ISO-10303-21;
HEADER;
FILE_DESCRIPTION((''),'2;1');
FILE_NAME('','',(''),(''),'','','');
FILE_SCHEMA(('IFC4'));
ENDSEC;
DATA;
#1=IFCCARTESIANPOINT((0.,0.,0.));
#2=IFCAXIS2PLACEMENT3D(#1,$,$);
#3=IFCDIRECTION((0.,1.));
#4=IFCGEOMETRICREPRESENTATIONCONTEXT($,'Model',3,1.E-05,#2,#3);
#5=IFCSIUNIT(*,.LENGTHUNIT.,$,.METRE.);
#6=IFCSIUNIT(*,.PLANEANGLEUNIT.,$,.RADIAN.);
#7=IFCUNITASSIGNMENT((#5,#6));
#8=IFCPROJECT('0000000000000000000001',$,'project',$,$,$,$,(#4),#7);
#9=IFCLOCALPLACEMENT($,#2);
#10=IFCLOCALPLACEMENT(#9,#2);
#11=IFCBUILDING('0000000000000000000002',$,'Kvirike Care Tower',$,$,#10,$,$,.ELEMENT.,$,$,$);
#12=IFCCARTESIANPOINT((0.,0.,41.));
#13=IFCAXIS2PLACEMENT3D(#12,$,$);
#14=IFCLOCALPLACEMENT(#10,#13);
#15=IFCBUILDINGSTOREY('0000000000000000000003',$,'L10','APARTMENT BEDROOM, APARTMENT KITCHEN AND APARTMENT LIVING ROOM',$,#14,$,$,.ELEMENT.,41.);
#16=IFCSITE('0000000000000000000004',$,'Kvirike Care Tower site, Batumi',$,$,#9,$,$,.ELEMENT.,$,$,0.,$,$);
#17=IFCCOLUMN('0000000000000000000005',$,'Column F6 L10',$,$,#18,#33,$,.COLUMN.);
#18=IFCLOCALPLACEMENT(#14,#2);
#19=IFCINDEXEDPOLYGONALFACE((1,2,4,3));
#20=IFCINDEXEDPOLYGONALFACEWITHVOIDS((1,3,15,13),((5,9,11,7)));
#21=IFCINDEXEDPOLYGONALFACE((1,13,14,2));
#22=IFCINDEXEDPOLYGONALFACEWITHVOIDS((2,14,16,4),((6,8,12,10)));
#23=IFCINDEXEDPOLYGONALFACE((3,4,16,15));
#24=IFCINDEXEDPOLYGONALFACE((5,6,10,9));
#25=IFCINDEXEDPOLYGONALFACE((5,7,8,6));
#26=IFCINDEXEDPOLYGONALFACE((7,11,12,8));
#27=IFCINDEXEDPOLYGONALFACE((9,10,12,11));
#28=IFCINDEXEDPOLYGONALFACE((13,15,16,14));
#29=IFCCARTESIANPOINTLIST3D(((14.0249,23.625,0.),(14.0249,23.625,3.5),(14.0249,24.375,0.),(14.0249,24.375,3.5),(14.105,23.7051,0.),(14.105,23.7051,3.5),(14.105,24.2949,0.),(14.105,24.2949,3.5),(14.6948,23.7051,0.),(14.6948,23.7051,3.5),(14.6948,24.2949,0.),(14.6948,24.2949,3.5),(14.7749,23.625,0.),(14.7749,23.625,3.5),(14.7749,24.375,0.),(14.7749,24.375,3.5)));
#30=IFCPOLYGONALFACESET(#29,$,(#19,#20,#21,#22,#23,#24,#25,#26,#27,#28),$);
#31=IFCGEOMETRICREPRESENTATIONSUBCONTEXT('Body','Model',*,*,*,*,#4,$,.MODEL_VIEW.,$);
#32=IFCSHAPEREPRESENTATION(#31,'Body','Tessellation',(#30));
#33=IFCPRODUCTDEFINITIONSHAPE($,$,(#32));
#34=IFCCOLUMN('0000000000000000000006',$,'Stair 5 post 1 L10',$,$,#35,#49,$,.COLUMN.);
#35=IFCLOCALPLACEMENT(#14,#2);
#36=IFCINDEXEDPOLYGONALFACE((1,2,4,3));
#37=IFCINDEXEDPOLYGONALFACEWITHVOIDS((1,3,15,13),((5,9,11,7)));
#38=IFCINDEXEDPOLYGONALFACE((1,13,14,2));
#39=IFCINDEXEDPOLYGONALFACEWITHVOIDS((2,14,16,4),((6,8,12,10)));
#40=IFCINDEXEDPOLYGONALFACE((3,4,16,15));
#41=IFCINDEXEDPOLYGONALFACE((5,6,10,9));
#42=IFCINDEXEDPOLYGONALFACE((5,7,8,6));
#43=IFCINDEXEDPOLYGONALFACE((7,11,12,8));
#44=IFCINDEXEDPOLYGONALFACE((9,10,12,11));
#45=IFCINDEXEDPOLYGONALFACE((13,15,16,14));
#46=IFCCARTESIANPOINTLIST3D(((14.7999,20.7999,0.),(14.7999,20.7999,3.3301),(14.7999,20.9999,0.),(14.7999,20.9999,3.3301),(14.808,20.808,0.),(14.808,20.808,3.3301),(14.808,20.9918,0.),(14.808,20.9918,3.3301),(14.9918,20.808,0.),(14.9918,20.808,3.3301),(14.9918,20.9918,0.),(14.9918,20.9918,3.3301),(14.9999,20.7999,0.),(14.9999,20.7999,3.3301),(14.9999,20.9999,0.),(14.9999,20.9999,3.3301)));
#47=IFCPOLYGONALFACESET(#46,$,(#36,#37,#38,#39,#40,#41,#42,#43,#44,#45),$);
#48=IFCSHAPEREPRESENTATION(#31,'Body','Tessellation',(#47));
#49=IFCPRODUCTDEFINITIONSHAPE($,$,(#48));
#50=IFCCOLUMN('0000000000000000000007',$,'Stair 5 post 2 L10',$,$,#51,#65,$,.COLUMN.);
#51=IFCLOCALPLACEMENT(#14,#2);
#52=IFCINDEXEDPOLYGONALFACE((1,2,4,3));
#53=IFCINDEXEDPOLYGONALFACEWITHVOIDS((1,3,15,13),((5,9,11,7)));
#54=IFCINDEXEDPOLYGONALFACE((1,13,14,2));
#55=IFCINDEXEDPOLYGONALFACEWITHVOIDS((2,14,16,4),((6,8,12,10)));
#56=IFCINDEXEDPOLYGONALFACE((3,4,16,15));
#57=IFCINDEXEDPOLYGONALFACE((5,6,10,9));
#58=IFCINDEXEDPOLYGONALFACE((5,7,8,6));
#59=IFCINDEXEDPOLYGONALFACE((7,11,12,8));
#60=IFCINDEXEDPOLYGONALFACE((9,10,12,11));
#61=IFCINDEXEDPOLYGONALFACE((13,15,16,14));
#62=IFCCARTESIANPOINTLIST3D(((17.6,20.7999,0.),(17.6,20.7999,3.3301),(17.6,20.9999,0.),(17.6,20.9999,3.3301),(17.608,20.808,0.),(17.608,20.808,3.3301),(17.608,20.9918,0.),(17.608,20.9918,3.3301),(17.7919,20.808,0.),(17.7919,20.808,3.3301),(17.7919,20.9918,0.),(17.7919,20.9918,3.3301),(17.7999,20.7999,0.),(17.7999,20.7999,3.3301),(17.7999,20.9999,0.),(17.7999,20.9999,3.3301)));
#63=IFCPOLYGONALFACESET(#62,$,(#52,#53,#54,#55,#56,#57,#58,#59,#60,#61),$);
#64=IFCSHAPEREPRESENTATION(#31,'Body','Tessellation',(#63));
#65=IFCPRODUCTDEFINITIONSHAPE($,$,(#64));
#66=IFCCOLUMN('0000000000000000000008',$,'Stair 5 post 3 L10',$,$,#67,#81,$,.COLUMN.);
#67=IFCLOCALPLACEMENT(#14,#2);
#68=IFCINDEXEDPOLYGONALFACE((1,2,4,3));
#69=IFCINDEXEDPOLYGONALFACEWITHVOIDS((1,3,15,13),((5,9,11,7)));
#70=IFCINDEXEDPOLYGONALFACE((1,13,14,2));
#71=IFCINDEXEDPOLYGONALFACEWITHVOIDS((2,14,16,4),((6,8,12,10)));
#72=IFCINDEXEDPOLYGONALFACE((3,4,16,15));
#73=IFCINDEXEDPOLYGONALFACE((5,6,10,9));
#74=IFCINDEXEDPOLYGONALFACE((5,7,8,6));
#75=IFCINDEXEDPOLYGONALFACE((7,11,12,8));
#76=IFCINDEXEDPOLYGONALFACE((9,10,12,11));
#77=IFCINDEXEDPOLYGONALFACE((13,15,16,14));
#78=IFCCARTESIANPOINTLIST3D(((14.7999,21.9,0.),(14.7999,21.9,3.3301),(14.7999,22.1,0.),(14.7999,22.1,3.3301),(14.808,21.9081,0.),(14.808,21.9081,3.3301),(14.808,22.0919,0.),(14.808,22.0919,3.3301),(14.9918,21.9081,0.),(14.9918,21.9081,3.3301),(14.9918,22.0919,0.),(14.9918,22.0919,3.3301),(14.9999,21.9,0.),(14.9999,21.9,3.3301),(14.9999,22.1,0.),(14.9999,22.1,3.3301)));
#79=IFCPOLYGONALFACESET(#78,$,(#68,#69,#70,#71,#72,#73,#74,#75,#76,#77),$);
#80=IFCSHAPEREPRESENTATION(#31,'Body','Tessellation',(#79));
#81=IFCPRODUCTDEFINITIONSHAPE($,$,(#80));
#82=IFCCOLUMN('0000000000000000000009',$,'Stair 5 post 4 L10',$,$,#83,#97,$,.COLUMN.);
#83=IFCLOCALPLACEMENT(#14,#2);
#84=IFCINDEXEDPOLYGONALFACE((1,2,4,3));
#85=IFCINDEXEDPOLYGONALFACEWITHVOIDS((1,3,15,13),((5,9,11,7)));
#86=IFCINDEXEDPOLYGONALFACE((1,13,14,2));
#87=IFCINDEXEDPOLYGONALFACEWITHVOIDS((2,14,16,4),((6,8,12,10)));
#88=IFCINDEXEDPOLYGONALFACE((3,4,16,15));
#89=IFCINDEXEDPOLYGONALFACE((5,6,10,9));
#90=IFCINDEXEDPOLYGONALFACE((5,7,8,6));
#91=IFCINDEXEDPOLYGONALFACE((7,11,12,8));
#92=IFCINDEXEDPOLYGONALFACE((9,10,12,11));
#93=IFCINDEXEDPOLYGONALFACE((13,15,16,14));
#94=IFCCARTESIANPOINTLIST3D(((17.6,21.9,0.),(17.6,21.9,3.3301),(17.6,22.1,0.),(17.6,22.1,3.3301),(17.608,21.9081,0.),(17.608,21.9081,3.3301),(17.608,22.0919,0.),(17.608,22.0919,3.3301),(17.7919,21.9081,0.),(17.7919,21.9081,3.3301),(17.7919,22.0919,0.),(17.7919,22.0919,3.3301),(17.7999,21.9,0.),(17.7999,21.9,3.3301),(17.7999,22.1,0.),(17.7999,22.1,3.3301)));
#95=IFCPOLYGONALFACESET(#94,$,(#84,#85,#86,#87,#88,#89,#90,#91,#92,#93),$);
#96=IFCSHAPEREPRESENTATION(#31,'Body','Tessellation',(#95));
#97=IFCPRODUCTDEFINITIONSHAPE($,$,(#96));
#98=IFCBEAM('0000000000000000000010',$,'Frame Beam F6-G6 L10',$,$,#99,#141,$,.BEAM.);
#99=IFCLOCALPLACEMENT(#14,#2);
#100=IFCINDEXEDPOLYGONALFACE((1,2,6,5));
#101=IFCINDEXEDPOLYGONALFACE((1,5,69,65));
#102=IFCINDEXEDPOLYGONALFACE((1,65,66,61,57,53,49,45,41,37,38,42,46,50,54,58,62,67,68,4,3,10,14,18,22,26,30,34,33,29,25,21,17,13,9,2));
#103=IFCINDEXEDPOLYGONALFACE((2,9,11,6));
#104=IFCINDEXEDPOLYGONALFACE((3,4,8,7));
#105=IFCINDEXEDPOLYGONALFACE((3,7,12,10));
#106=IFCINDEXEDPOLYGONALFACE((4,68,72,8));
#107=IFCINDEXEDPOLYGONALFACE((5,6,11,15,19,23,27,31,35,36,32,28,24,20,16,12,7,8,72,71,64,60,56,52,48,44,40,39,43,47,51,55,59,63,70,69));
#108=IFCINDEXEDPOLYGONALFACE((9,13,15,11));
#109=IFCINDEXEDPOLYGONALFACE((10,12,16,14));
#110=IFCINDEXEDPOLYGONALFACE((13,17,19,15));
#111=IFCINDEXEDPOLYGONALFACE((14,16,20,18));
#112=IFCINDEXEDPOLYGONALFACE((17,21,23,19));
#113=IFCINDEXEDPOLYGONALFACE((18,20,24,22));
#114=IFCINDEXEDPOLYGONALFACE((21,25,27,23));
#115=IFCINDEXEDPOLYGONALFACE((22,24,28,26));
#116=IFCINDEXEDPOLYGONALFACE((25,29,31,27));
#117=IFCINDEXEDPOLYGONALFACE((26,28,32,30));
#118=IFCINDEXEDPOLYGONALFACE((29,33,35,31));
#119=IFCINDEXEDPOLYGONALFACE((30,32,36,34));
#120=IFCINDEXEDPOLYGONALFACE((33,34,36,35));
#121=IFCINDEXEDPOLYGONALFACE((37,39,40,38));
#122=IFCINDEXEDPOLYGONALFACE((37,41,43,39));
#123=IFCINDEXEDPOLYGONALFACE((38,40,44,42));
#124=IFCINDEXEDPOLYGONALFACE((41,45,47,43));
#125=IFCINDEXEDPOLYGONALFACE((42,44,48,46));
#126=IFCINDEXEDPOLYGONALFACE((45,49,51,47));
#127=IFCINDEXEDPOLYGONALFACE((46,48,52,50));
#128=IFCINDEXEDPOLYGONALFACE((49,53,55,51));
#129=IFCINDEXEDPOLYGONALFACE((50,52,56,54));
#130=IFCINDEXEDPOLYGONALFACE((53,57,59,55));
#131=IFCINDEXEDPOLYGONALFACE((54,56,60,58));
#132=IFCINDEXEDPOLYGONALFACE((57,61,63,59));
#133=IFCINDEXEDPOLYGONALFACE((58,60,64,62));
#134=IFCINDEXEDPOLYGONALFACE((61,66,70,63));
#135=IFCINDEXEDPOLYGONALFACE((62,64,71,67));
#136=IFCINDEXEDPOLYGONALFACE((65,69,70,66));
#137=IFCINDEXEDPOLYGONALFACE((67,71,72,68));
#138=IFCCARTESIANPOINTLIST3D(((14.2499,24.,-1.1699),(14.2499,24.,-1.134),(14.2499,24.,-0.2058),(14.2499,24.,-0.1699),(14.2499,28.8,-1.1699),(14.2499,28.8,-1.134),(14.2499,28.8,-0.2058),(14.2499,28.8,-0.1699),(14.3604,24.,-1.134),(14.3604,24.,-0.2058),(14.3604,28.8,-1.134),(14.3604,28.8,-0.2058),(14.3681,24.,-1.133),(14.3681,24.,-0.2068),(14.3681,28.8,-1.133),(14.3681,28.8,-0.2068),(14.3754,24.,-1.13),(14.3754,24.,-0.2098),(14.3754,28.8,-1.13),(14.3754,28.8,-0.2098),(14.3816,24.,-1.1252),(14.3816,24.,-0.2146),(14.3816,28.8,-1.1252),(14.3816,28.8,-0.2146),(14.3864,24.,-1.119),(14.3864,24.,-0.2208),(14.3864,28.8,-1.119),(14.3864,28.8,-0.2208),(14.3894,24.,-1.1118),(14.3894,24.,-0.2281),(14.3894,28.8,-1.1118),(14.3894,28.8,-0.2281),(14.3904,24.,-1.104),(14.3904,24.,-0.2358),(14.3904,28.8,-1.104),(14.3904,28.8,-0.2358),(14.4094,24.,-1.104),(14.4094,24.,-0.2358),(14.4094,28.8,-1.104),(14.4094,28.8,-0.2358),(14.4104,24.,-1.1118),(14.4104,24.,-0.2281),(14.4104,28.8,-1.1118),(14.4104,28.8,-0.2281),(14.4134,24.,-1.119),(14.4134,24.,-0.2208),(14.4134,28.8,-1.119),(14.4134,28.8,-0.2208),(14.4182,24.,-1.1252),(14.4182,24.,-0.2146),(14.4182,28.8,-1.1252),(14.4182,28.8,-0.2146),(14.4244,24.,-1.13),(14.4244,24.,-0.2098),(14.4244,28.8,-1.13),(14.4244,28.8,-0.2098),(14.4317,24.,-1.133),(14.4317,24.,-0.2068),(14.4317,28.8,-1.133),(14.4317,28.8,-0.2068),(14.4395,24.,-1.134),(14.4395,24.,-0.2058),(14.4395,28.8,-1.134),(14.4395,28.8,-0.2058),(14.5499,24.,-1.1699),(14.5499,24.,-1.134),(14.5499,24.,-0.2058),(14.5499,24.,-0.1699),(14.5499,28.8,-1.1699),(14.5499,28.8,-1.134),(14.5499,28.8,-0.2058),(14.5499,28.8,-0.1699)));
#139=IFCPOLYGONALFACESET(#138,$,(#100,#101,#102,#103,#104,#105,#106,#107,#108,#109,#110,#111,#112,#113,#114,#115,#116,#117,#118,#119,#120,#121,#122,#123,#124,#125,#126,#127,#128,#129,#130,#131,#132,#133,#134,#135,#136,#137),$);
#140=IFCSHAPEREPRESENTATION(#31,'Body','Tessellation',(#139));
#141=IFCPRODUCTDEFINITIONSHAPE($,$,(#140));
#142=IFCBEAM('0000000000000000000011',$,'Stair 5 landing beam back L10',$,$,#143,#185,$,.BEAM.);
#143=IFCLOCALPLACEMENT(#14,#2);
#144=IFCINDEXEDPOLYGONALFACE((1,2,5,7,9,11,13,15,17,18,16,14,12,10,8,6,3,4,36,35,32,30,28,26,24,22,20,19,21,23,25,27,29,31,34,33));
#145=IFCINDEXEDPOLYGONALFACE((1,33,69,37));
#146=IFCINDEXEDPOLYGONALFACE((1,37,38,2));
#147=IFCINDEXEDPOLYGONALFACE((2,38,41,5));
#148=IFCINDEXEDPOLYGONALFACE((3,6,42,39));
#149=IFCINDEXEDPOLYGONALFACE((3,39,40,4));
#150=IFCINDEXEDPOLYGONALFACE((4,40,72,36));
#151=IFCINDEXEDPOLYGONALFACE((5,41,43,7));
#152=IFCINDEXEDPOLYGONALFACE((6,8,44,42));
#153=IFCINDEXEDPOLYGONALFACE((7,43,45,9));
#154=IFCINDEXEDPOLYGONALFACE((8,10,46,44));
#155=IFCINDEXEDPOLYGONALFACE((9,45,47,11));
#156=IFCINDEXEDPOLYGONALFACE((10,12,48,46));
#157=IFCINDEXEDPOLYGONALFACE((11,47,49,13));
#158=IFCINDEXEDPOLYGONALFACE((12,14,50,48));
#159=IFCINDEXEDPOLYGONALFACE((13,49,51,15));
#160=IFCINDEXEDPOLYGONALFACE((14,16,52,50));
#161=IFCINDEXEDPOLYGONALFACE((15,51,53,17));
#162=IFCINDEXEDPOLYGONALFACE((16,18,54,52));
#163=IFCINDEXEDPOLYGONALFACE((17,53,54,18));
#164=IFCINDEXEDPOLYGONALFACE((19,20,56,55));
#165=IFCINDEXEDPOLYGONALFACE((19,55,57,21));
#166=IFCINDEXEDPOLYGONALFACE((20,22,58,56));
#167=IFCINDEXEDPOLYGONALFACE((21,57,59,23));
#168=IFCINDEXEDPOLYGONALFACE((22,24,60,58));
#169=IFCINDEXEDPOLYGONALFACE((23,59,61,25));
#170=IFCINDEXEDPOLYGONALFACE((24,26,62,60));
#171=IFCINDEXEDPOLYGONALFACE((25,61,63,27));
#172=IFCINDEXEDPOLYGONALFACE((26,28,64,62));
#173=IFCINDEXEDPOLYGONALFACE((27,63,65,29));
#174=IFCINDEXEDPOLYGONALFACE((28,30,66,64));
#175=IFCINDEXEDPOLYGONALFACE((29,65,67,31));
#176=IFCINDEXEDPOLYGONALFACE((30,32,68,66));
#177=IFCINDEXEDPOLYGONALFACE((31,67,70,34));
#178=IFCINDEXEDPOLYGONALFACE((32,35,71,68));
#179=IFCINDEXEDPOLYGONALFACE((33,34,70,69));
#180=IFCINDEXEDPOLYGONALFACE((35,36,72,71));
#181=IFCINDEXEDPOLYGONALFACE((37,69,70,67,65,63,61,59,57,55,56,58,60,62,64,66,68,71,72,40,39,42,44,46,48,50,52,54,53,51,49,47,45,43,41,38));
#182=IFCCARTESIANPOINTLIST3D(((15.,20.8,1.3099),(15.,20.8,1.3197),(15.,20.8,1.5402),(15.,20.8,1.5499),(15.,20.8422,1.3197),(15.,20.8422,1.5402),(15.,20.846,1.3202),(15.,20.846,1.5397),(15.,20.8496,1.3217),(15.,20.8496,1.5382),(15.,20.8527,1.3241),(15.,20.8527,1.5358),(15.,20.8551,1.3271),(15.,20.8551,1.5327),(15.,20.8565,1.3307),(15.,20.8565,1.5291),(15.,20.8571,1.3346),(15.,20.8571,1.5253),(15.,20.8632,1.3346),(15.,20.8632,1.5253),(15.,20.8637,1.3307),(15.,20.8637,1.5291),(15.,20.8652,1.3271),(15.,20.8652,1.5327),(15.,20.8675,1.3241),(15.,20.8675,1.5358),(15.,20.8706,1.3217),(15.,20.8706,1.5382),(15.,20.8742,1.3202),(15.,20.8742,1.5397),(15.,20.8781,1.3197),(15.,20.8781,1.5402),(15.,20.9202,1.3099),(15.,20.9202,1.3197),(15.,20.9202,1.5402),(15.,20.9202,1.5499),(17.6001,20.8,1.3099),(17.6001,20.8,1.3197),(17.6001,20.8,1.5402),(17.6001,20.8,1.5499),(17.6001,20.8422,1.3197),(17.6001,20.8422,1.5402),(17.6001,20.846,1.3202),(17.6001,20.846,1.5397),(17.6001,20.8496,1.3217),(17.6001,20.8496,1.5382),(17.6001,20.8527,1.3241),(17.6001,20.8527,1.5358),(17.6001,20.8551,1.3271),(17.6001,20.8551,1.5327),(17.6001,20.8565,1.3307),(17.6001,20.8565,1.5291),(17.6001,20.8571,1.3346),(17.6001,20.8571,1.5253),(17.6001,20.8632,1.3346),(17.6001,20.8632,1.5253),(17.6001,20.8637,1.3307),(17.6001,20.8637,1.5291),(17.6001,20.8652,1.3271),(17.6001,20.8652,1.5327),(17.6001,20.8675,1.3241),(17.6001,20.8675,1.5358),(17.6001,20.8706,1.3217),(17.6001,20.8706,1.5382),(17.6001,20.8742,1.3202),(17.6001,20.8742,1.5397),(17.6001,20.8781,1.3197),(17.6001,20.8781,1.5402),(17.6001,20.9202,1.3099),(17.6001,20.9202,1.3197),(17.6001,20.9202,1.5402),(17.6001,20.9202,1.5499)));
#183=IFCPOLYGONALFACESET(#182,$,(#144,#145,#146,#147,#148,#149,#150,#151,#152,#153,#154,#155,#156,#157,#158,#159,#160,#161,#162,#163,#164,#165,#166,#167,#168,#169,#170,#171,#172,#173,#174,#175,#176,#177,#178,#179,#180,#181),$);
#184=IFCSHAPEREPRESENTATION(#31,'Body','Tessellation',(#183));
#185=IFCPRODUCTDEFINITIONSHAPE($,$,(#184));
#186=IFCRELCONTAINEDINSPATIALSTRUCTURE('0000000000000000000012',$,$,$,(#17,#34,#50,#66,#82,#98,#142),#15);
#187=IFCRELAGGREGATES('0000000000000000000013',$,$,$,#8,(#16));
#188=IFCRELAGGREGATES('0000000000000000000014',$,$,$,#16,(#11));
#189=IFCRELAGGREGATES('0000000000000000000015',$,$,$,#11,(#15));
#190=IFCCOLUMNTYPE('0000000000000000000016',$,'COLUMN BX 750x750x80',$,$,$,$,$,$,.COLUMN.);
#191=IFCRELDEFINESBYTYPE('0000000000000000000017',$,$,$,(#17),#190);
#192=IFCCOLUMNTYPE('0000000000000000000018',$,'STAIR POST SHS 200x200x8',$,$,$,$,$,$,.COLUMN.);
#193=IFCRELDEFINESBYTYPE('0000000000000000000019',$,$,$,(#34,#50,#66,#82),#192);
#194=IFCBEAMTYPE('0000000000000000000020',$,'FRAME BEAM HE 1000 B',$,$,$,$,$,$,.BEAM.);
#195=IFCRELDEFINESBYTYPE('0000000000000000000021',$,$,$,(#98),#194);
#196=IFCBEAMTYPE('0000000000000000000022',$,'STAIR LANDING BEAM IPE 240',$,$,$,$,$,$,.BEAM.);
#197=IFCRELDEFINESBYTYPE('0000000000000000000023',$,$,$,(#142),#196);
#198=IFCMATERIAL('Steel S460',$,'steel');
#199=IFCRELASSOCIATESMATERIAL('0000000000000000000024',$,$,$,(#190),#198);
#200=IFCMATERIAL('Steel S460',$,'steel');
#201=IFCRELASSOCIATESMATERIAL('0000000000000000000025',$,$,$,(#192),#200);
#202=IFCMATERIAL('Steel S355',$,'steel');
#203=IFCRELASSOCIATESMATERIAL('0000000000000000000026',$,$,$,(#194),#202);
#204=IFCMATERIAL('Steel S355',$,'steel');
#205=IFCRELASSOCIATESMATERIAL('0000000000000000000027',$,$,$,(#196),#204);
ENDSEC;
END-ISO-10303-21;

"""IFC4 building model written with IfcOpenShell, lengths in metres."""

from ifc_helpers import new_model, si_unit, direction, frame, origin, origin_2d, place, context, subcontext, project, spatial, hollow_rectangle, i_section, extrude, material, material_profile, profile_set, type_object, element, save


model = new_model("IFC4")

# Units and contexts
model_context = context("Model", 3, precision=1e-05, world=origin(), true_north=direction((0.0, 1.0)))
body_context = subcontext(model_context, "Body", "Model", "MODEL_VIEW")
ifc_project = project(units=[si_unit("LENGTHUNIT", "METRE"), si_unit("PLANEANGLEUNIT", "RADIAN")], contexts=[model_context])

# Site, building, storey
site_placement = place(None, origin())
site = spatial("IfcSite", under=ifc_project, at=site_placement, Name="Kvirike Care Tower site, Batumi", CompositionType="ELEMENT", RefElevation=0.0)
building_placement = place(site_placement, origin())
building = spatial("IfcBuilding", under=site, at=building_placement, Name="Kvirike Care Tower", CompositionType="ELEMENT")
storey_placement = place(building_placement, frame((0.0, 0.0, 41.0)))
storey = spatial("IfcBuildingStorey", under=building, at=storey_placement, Name="L10", Description="APARTMENT BEDROOM, APARTMENT KITCHEN AND APARTMENT LIVING ROOM", CompositionType="ELEMENT", Elevation=41.0)

# Columns
ifc_material_1 = material(Name="Steel S460", Category="steel")
ifc_material_profile_1 = material_profile(ifc_material_1, hollow_rectangle(XDim=0.75, YDim=0.75, WallThickness=0.0801, at=origin_2d()), Name="BX 750x750x80")
ifc_profile_set_1 = profile_set([ifc_material_profile_1], Name="Steel S460")
column_type_1 = type_object("IfcColumnType", Name="COLUMN BX 750x750x80", PredefinedType="COLUMN", material=ifc_profile_set_1)
column_placement = place(storey_placement, frame((14.3999, 24.0, 0.0), z_axis=(0.0, 0.0, 1.0), x_axis=(1.0, 0.0, 0.0)))
element("IfcColumn", 1, at=column_placement, inside=storey, type_object=column_type_1, Name="Column F6 L10", PredefinedType="COLUMN", context=body_context, shape_type="SweptSolid", body=[
    extrude(hollow_rectangle(XDim=0.75, YDim=0.75, WallThickness=0.0801, at=origin_2d()), origin(), (0.0, 0.0, 1.0), 3.5),
])
ifc_material_2 = material(Name="Steel S460", Category="steel")
ifc_material_profile_2 = material_profile(ifc_material_2, hollow_rectangle(XDim=0.2, YDim=0.2, WallThickness=0.0081, at=origin_2d()), Name="SHS 200x200x8")
ifc_profile_set_2 = profile_set([ifc_material_profile_2], Name="Steel S460")
column_type_2 = type_object("IfcColumnType", Name="STAIR POST SHS 200x200x8", PredefinedType="COLUMN", material=ifc_profile_set_2)
for number, where, z_axis, x_axis, name in (
    (2, (14.8999, 20.8999, 0.0), (0.0, 0.0, 1.0), (1.0, 0.0, 0.0), "Stair 5 post 1 L10"),
    (3, (17.7, 20.8999, 0.0), (0.0, 0.0, 1.0), (1.0, 0.0, 0.0), "Stair 5 post 2 L10"),
    (4, (14.8999, 22.0, 0.0), (0.0, 0.0, 1.0), (1.0, 0.0, 0.0), "Stair 5 post 3 L10"),
    (5, (17.7, 22.0, 0.0), (0.0, 0.0, 1.0), (1.0, 0.0, 0.0), "Stair 5 post 4 L10"),
):
    element("IfcColumn", number, at=place(storey_placement, frame(where, z_axis=z_axis, x_axis=x_axis)), inside=storey, type_object=column_type_2, Name=name, PredefinedType="COLUMN", context=body_context, shape_type="SweptSolid", body=[
        extrude(hollow_rectangle(XDim=0.2, YDim=0.2, WallThickness=0.0081, at=origin_2d()), origin(), (0.0, 0.0, 1.0), 3.3301),
    ])

# Beams
ifc_material_3 = material(Name="Steel S355", Category="steel")
ifc_material_profile_3 = material_profile(ifc_material_3, i_section(OverallWidth=0.3, OverallDepth=1.0, WebThickness=0.019, FlangeThickness=0.0359, FilletRadius=0.03, at=origin_2d()), Name="HE 1000 B")
ifc_profile_set_3 = profile_set([ifc_material_profile_3], Name="Steel S355")
beam_type_1 = type_object("IfcBeamType", Name="FRAME BEAM HE 1000 B", PredefinedType="BEAM", material=ifc_profile_set_3)
beam_placement = place(storey_placement, frame((14.3999, 24.0, -0.6699), z_axis=(0.0, 1.0, 0.0), x_axis=(-1.0, 0.0, 0.0)))
element("IfcBeam", 6, at=beam_placement, inside=storey, type_object=beam_type_1, Name="Frame Beam F6-G6 L10", PredefinedType="BEAM", context=body_context, shape_type="SweptSolid", body=[
    extrude(i_section(OverallWidth=0.3, OverallDepth=1.0, WebThickness=0.019, FlangeThickness=0.0359, FilletRadius=0.03, at=origin_2d()), origin(), (0.0, 0.0, 1.0), 4.8),
])
ifc_material_4 = material(Name="Steel S355", Category="steel")
ifc_material_profile_4 = material_profile(ifc_material_4, i_section(OverallWidth=0.1201, OverallDepth=0.24, WebThickness=0.0061, FlangeThickness=0.0098, FilletRadius=0.0149, at=origin_2d()), Name="IPE 240")
ifc_profile_set_4 = profile_set([ifc_material_profile_4], Name="Steel S355")
beam_type_2 = type_object("IfcBeamType", Name="STAIR LANDING BEAM IPE 240", PredefinedType="BEAM", material=ifc_profile_set_4)
for number, where, z_axis, x_axis, name in (
    (7, (15.0, 20.8601, 1.4299), (1.0, 0.0, 0.0), (0.0, 1.0, 0.0), "Stair 5 landing beam back L10"),
):
    element("IfcBeam", number, at=place(storey_placement, frame(where, z_axis=z_axis, x_axis=x_axis)), inside=storey, type_object=beam_type_2, Name=name, PredefinedType="BEAM", context=body_context, shape_type="SweptSolid", body=[
        extrude(i_section(OverallWidth=0.1201, OverallDepth=0.24, WebThickness=0.0061, FlangeThickness=0.0098, FilletRadius=0.0149, at=origin_2d()), origin(), (0.0, 0.0, 1.0), 2.6001),
    ])

save(model, "model.ifc")
